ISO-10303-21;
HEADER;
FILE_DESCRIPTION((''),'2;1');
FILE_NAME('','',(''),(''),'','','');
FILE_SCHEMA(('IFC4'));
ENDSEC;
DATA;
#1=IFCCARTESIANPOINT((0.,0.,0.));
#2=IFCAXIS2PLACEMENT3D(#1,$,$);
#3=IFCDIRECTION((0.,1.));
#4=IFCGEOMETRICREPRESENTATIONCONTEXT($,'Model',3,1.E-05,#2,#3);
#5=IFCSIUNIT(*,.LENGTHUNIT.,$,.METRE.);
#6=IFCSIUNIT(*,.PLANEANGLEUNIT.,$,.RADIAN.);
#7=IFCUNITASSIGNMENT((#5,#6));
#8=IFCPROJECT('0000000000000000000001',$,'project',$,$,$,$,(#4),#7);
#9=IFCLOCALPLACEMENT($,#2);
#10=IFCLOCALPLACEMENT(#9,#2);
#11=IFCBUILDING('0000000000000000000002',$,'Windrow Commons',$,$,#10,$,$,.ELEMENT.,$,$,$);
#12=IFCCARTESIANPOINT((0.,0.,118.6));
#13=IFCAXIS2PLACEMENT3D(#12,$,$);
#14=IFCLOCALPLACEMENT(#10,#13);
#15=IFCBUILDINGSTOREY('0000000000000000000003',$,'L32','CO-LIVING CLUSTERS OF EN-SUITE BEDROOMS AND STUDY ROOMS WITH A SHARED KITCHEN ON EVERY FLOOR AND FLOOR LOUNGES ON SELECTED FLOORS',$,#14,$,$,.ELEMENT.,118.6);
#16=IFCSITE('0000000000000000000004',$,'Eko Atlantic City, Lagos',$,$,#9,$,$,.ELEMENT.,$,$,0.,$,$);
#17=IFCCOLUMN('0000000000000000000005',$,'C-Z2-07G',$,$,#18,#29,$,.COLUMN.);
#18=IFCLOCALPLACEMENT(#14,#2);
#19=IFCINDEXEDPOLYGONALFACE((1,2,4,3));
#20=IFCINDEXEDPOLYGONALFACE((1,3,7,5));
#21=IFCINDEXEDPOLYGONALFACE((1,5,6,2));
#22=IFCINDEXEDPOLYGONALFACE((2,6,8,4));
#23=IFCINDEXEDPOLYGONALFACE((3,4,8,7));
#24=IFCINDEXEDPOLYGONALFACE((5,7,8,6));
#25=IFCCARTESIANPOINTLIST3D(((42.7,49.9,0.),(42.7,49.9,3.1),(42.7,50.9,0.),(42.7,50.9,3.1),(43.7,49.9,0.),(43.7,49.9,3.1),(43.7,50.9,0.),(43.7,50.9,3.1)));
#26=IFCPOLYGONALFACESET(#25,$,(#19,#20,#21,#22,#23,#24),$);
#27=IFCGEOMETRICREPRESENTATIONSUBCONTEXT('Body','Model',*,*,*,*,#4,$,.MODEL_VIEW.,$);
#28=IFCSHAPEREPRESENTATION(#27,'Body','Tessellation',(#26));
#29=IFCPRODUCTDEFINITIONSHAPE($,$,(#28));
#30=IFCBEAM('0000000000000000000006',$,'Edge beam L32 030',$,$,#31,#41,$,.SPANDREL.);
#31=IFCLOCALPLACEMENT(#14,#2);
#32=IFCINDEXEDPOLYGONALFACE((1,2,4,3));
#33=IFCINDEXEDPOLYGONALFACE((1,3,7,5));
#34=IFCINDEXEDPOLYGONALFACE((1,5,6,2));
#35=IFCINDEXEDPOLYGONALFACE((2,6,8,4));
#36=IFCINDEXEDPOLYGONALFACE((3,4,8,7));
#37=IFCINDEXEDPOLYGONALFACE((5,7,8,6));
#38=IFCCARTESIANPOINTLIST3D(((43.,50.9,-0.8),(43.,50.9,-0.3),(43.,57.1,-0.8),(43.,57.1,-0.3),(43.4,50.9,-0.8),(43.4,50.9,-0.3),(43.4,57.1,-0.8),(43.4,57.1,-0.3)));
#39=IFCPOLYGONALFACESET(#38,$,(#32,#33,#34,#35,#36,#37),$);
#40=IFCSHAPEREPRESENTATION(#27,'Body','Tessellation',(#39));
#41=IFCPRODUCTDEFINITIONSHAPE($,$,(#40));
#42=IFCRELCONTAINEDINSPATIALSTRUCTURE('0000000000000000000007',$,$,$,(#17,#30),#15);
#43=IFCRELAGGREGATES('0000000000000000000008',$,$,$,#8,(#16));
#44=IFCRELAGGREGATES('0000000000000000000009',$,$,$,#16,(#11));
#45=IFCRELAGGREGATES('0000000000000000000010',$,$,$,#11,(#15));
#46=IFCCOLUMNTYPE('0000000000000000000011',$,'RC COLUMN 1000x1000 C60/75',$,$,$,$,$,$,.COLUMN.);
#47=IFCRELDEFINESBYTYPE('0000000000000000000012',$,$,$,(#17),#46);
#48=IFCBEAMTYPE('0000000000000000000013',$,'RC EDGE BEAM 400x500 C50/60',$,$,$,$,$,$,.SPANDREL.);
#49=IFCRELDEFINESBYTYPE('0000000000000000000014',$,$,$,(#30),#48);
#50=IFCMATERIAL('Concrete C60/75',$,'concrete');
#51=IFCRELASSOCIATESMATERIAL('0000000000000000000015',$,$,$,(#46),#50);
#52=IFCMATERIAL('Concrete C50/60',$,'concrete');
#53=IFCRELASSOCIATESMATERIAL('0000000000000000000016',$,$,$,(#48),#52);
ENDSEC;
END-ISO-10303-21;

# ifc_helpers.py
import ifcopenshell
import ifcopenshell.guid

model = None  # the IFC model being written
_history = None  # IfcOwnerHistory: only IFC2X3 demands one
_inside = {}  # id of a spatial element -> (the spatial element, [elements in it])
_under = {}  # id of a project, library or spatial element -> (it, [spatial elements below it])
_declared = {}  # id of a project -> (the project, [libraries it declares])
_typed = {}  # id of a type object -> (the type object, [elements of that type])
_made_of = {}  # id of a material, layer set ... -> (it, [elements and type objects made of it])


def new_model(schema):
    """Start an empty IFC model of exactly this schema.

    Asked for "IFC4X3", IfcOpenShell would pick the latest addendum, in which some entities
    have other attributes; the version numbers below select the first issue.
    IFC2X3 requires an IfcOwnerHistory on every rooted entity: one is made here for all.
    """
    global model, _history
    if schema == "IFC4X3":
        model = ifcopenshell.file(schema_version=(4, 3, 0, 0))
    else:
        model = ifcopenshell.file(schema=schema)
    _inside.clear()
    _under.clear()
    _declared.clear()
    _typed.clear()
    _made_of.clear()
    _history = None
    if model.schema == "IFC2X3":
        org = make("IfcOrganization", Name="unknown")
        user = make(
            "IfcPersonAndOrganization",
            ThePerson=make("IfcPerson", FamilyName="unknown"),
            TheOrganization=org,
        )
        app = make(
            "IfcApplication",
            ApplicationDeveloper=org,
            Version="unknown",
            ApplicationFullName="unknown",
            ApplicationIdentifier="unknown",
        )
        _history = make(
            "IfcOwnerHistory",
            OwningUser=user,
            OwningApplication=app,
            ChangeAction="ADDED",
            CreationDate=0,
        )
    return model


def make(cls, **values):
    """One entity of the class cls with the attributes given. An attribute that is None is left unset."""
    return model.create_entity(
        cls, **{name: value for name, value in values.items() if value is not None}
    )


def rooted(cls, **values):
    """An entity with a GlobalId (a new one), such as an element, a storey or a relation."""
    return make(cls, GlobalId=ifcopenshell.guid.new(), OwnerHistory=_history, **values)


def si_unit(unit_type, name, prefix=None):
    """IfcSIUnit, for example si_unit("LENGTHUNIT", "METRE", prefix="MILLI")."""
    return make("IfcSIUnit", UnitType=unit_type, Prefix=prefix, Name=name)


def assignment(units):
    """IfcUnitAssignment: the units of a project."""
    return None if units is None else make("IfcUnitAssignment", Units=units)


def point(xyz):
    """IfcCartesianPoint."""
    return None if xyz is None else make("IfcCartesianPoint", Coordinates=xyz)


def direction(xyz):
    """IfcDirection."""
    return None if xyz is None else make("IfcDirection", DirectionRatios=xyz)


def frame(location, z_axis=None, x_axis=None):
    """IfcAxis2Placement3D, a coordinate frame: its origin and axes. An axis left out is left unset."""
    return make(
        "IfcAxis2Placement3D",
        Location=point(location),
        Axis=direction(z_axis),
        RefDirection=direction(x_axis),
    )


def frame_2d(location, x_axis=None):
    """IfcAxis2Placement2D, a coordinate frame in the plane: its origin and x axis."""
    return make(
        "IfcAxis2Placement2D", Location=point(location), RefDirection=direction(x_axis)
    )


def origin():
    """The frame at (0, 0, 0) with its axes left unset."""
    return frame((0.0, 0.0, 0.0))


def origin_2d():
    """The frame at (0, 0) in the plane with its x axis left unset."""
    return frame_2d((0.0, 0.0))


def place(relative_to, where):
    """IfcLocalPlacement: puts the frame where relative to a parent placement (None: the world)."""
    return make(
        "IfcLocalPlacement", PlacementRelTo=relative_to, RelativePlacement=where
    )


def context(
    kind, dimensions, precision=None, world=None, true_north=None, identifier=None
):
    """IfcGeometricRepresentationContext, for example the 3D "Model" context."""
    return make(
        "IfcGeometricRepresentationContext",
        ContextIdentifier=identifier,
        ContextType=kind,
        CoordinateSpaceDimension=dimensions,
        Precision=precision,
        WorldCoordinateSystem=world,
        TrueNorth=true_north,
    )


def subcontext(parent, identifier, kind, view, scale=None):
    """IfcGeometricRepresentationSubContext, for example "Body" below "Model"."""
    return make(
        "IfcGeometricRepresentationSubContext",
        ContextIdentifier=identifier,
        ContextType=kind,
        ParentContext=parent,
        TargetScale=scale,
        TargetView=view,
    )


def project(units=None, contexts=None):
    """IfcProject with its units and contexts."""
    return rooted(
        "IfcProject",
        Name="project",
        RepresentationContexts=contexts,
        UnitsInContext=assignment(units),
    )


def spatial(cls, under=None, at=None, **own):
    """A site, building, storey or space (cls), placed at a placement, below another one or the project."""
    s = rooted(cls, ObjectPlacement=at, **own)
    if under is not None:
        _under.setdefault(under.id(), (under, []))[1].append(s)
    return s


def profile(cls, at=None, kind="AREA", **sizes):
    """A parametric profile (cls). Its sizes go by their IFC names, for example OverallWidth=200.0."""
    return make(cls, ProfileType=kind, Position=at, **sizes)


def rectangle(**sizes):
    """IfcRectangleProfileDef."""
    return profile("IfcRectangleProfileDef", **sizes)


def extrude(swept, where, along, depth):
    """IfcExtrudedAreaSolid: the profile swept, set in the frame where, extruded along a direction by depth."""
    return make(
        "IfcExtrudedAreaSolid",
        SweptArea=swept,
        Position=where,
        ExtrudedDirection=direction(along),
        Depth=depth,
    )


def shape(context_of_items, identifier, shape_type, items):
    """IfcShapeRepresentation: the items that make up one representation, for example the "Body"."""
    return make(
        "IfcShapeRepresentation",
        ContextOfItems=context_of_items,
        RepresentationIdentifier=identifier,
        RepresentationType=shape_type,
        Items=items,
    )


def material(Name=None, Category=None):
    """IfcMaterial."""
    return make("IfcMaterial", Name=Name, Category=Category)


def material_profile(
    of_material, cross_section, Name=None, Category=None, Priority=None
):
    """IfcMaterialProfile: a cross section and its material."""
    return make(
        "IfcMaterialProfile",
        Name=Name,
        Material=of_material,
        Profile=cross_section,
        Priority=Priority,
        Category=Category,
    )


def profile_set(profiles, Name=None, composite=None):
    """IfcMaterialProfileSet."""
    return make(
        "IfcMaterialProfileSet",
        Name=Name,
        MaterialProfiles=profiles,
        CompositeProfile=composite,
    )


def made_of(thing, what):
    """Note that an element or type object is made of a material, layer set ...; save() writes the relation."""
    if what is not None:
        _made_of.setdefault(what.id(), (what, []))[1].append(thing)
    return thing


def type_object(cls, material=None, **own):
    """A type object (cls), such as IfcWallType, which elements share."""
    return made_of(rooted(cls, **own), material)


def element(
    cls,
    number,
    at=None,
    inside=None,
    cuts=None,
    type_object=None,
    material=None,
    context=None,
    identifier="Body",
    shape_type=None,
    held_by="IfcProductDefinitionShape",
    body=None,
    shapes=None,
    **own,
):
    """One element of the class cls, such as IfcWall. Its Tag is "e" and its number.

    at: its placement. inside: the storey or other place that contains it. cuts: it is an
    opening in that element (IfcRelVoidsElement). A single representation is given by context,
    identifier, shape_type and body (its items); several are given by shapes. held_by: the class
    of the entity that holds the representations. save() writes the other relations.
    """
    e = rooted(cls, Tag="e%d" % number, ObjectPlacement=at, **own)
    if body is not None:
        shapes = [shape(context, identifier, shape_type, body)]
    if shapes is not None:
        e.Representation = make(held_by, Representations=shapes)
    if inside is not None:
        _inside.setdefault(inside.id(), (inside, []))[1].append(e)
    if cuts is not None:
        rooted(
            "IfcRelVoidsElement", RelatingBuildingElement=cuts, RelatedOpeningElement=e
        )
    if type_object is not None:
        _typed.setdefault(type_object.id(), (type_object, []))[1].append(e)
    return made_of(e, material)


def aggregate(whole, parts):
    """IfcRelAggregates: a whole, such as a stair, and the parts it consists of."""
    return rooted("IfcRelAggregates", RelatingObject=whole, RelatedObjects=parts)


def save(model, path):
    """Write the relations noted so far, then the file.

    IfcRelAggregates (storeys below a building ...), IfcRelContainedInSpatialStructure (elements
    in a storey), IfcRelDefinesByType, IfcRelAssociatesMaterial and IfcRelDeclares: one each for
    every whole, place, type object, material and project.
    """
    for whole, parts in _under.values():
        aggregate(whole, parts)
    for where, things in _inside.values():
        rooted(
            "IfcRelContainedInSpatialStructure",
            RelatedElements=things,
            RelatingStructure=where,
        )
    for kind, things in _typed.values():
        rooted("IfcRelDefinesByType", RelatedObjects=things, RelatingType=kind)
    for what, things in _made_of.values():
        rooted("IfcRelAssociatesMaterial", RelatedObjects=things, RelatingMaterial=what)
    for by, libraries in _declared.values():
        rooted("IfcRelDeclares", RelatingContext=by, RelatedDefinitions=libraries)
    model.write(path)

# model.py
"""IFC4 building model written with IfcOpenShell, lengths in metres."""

from ifc_helpers import new_model, si_unit, direction, frame, origin, origin_2d, place, context, subcontext, project, spatial, rectangle, extrude, material, material_profile, profile_set, type_object, element, save


model = new_model("IFC4")

# Units and contexts
model_context = context("Model", 3, precision=1e-05, world=origin(), true_north=direction((0.0, 1.0)))
body_context = subcontext(model_context, "Body", "Model", "MODEL_VIEW")
ifc_project = project(units=[si_unit("LENGTHUNIT", "METRE"), si_unit("PLANEANGLEUNIT", "RADIAN")], contexts=[model_context])

# Site, building, storey
site_placement = place(None, origin())
site = spatial("IfcSite", under=ifc_project, at=site_placement, Name="Eko Atlantic City, Lagos", CompositionType="ELEMENT", RefElevation=0.0)
building_placement = place(site_placement, origin())
building = spatial("IfcBuilding", under=site, at=building_placement, Name="Windrow Commons", CompositionType="ELEMENT")
storey_placement = place(building_placement, frame((0.0, 0.0, 118.6)))
storey = spatial("IfcBuildingStorey", under=building, at=storey_placement, Name="L32", Description="CO-LIVING CLUSTERS OF EN-SUITE BEDROOMS AND STUDY ROOMS WITH A SHARED KITCHEN ON EVERY FLOOR AND FLOOR LOUNGES ON SELECTED FLOORS", CompositionType="ELEMENT", Elevation=118.6)

# Column
ifc_material_1 = material(Name="Concrete C60/75", Category="concrete")
ifc_material_profile_1 = material_profile(ifc_material_1, rectangle(XDim=1.0, YDim=1.0, at=origin_2d()))
ifc_profile_set_1 = profile_set([ifc_material_profile_1], Name="Concrete C60/75")
column_type = type_object("IfcColumnType", Name="RC COLUMN 1000x1000 C60/75", PredefinedType="COLUMN", material=ifc_profile_set_1)
column_placement = place(storey_placement, frame((43.2, 50.4, 0.0), z_axis=(0.0, 0.0, 1.0), x_axis=(1.0, 0.0, 0.0)))
element("IfcColumn", 1, at=column_placement, inside=storey, type_object=column_type, Name="C-Z2-07G", PredefinedType="COLUMN", context=body_context, shape_type="SweptSolid", body=[
    extrude(rectangle(XDim=1.0, YDim=1.0, at=origin_2d()), origin(), (0.0, 0.0, 1.0), 3.1),
])

# Beam
ifc_material_2 = material(Name="Concrete C50/60", Category="concrete")
ifc_material_profile_2 = material_profile(ifc_material_2, rectangle(XDim=0.4, YDim=0.5, at=origin_2d()))
ifc_profile_set_2 = profile_set([ifc_material_profile_2], Name="Concrete C50/60")
beam_type = type_object("IfcBeamType", Name="RC EDGE BEAM 400x500 C50/60", PredefinedType="SPANDREL", material=ifc_profile_set_2)
beam_placement = place(storey_placement, frame((43.2, 50.9, -0.55), z_axis=(0.0, 1.0, 0.0), x_axis=(-1.0, 0.0, 0.0)))
element("IfcBeam", 2, at=beam_placement, inside=storey, type_object=beam_type, Name="Edge beam L32 030", PredefinedType="SPANDREL", context=body_context, shape_type="SweptSolid", body=[
    extrude(rectangle(XDim=0.4, YDim=0.5, at=origin_2d()), origin(), (0.0, 0.0, 1.0), 6.2),
])

save(model, "model.ifc")
